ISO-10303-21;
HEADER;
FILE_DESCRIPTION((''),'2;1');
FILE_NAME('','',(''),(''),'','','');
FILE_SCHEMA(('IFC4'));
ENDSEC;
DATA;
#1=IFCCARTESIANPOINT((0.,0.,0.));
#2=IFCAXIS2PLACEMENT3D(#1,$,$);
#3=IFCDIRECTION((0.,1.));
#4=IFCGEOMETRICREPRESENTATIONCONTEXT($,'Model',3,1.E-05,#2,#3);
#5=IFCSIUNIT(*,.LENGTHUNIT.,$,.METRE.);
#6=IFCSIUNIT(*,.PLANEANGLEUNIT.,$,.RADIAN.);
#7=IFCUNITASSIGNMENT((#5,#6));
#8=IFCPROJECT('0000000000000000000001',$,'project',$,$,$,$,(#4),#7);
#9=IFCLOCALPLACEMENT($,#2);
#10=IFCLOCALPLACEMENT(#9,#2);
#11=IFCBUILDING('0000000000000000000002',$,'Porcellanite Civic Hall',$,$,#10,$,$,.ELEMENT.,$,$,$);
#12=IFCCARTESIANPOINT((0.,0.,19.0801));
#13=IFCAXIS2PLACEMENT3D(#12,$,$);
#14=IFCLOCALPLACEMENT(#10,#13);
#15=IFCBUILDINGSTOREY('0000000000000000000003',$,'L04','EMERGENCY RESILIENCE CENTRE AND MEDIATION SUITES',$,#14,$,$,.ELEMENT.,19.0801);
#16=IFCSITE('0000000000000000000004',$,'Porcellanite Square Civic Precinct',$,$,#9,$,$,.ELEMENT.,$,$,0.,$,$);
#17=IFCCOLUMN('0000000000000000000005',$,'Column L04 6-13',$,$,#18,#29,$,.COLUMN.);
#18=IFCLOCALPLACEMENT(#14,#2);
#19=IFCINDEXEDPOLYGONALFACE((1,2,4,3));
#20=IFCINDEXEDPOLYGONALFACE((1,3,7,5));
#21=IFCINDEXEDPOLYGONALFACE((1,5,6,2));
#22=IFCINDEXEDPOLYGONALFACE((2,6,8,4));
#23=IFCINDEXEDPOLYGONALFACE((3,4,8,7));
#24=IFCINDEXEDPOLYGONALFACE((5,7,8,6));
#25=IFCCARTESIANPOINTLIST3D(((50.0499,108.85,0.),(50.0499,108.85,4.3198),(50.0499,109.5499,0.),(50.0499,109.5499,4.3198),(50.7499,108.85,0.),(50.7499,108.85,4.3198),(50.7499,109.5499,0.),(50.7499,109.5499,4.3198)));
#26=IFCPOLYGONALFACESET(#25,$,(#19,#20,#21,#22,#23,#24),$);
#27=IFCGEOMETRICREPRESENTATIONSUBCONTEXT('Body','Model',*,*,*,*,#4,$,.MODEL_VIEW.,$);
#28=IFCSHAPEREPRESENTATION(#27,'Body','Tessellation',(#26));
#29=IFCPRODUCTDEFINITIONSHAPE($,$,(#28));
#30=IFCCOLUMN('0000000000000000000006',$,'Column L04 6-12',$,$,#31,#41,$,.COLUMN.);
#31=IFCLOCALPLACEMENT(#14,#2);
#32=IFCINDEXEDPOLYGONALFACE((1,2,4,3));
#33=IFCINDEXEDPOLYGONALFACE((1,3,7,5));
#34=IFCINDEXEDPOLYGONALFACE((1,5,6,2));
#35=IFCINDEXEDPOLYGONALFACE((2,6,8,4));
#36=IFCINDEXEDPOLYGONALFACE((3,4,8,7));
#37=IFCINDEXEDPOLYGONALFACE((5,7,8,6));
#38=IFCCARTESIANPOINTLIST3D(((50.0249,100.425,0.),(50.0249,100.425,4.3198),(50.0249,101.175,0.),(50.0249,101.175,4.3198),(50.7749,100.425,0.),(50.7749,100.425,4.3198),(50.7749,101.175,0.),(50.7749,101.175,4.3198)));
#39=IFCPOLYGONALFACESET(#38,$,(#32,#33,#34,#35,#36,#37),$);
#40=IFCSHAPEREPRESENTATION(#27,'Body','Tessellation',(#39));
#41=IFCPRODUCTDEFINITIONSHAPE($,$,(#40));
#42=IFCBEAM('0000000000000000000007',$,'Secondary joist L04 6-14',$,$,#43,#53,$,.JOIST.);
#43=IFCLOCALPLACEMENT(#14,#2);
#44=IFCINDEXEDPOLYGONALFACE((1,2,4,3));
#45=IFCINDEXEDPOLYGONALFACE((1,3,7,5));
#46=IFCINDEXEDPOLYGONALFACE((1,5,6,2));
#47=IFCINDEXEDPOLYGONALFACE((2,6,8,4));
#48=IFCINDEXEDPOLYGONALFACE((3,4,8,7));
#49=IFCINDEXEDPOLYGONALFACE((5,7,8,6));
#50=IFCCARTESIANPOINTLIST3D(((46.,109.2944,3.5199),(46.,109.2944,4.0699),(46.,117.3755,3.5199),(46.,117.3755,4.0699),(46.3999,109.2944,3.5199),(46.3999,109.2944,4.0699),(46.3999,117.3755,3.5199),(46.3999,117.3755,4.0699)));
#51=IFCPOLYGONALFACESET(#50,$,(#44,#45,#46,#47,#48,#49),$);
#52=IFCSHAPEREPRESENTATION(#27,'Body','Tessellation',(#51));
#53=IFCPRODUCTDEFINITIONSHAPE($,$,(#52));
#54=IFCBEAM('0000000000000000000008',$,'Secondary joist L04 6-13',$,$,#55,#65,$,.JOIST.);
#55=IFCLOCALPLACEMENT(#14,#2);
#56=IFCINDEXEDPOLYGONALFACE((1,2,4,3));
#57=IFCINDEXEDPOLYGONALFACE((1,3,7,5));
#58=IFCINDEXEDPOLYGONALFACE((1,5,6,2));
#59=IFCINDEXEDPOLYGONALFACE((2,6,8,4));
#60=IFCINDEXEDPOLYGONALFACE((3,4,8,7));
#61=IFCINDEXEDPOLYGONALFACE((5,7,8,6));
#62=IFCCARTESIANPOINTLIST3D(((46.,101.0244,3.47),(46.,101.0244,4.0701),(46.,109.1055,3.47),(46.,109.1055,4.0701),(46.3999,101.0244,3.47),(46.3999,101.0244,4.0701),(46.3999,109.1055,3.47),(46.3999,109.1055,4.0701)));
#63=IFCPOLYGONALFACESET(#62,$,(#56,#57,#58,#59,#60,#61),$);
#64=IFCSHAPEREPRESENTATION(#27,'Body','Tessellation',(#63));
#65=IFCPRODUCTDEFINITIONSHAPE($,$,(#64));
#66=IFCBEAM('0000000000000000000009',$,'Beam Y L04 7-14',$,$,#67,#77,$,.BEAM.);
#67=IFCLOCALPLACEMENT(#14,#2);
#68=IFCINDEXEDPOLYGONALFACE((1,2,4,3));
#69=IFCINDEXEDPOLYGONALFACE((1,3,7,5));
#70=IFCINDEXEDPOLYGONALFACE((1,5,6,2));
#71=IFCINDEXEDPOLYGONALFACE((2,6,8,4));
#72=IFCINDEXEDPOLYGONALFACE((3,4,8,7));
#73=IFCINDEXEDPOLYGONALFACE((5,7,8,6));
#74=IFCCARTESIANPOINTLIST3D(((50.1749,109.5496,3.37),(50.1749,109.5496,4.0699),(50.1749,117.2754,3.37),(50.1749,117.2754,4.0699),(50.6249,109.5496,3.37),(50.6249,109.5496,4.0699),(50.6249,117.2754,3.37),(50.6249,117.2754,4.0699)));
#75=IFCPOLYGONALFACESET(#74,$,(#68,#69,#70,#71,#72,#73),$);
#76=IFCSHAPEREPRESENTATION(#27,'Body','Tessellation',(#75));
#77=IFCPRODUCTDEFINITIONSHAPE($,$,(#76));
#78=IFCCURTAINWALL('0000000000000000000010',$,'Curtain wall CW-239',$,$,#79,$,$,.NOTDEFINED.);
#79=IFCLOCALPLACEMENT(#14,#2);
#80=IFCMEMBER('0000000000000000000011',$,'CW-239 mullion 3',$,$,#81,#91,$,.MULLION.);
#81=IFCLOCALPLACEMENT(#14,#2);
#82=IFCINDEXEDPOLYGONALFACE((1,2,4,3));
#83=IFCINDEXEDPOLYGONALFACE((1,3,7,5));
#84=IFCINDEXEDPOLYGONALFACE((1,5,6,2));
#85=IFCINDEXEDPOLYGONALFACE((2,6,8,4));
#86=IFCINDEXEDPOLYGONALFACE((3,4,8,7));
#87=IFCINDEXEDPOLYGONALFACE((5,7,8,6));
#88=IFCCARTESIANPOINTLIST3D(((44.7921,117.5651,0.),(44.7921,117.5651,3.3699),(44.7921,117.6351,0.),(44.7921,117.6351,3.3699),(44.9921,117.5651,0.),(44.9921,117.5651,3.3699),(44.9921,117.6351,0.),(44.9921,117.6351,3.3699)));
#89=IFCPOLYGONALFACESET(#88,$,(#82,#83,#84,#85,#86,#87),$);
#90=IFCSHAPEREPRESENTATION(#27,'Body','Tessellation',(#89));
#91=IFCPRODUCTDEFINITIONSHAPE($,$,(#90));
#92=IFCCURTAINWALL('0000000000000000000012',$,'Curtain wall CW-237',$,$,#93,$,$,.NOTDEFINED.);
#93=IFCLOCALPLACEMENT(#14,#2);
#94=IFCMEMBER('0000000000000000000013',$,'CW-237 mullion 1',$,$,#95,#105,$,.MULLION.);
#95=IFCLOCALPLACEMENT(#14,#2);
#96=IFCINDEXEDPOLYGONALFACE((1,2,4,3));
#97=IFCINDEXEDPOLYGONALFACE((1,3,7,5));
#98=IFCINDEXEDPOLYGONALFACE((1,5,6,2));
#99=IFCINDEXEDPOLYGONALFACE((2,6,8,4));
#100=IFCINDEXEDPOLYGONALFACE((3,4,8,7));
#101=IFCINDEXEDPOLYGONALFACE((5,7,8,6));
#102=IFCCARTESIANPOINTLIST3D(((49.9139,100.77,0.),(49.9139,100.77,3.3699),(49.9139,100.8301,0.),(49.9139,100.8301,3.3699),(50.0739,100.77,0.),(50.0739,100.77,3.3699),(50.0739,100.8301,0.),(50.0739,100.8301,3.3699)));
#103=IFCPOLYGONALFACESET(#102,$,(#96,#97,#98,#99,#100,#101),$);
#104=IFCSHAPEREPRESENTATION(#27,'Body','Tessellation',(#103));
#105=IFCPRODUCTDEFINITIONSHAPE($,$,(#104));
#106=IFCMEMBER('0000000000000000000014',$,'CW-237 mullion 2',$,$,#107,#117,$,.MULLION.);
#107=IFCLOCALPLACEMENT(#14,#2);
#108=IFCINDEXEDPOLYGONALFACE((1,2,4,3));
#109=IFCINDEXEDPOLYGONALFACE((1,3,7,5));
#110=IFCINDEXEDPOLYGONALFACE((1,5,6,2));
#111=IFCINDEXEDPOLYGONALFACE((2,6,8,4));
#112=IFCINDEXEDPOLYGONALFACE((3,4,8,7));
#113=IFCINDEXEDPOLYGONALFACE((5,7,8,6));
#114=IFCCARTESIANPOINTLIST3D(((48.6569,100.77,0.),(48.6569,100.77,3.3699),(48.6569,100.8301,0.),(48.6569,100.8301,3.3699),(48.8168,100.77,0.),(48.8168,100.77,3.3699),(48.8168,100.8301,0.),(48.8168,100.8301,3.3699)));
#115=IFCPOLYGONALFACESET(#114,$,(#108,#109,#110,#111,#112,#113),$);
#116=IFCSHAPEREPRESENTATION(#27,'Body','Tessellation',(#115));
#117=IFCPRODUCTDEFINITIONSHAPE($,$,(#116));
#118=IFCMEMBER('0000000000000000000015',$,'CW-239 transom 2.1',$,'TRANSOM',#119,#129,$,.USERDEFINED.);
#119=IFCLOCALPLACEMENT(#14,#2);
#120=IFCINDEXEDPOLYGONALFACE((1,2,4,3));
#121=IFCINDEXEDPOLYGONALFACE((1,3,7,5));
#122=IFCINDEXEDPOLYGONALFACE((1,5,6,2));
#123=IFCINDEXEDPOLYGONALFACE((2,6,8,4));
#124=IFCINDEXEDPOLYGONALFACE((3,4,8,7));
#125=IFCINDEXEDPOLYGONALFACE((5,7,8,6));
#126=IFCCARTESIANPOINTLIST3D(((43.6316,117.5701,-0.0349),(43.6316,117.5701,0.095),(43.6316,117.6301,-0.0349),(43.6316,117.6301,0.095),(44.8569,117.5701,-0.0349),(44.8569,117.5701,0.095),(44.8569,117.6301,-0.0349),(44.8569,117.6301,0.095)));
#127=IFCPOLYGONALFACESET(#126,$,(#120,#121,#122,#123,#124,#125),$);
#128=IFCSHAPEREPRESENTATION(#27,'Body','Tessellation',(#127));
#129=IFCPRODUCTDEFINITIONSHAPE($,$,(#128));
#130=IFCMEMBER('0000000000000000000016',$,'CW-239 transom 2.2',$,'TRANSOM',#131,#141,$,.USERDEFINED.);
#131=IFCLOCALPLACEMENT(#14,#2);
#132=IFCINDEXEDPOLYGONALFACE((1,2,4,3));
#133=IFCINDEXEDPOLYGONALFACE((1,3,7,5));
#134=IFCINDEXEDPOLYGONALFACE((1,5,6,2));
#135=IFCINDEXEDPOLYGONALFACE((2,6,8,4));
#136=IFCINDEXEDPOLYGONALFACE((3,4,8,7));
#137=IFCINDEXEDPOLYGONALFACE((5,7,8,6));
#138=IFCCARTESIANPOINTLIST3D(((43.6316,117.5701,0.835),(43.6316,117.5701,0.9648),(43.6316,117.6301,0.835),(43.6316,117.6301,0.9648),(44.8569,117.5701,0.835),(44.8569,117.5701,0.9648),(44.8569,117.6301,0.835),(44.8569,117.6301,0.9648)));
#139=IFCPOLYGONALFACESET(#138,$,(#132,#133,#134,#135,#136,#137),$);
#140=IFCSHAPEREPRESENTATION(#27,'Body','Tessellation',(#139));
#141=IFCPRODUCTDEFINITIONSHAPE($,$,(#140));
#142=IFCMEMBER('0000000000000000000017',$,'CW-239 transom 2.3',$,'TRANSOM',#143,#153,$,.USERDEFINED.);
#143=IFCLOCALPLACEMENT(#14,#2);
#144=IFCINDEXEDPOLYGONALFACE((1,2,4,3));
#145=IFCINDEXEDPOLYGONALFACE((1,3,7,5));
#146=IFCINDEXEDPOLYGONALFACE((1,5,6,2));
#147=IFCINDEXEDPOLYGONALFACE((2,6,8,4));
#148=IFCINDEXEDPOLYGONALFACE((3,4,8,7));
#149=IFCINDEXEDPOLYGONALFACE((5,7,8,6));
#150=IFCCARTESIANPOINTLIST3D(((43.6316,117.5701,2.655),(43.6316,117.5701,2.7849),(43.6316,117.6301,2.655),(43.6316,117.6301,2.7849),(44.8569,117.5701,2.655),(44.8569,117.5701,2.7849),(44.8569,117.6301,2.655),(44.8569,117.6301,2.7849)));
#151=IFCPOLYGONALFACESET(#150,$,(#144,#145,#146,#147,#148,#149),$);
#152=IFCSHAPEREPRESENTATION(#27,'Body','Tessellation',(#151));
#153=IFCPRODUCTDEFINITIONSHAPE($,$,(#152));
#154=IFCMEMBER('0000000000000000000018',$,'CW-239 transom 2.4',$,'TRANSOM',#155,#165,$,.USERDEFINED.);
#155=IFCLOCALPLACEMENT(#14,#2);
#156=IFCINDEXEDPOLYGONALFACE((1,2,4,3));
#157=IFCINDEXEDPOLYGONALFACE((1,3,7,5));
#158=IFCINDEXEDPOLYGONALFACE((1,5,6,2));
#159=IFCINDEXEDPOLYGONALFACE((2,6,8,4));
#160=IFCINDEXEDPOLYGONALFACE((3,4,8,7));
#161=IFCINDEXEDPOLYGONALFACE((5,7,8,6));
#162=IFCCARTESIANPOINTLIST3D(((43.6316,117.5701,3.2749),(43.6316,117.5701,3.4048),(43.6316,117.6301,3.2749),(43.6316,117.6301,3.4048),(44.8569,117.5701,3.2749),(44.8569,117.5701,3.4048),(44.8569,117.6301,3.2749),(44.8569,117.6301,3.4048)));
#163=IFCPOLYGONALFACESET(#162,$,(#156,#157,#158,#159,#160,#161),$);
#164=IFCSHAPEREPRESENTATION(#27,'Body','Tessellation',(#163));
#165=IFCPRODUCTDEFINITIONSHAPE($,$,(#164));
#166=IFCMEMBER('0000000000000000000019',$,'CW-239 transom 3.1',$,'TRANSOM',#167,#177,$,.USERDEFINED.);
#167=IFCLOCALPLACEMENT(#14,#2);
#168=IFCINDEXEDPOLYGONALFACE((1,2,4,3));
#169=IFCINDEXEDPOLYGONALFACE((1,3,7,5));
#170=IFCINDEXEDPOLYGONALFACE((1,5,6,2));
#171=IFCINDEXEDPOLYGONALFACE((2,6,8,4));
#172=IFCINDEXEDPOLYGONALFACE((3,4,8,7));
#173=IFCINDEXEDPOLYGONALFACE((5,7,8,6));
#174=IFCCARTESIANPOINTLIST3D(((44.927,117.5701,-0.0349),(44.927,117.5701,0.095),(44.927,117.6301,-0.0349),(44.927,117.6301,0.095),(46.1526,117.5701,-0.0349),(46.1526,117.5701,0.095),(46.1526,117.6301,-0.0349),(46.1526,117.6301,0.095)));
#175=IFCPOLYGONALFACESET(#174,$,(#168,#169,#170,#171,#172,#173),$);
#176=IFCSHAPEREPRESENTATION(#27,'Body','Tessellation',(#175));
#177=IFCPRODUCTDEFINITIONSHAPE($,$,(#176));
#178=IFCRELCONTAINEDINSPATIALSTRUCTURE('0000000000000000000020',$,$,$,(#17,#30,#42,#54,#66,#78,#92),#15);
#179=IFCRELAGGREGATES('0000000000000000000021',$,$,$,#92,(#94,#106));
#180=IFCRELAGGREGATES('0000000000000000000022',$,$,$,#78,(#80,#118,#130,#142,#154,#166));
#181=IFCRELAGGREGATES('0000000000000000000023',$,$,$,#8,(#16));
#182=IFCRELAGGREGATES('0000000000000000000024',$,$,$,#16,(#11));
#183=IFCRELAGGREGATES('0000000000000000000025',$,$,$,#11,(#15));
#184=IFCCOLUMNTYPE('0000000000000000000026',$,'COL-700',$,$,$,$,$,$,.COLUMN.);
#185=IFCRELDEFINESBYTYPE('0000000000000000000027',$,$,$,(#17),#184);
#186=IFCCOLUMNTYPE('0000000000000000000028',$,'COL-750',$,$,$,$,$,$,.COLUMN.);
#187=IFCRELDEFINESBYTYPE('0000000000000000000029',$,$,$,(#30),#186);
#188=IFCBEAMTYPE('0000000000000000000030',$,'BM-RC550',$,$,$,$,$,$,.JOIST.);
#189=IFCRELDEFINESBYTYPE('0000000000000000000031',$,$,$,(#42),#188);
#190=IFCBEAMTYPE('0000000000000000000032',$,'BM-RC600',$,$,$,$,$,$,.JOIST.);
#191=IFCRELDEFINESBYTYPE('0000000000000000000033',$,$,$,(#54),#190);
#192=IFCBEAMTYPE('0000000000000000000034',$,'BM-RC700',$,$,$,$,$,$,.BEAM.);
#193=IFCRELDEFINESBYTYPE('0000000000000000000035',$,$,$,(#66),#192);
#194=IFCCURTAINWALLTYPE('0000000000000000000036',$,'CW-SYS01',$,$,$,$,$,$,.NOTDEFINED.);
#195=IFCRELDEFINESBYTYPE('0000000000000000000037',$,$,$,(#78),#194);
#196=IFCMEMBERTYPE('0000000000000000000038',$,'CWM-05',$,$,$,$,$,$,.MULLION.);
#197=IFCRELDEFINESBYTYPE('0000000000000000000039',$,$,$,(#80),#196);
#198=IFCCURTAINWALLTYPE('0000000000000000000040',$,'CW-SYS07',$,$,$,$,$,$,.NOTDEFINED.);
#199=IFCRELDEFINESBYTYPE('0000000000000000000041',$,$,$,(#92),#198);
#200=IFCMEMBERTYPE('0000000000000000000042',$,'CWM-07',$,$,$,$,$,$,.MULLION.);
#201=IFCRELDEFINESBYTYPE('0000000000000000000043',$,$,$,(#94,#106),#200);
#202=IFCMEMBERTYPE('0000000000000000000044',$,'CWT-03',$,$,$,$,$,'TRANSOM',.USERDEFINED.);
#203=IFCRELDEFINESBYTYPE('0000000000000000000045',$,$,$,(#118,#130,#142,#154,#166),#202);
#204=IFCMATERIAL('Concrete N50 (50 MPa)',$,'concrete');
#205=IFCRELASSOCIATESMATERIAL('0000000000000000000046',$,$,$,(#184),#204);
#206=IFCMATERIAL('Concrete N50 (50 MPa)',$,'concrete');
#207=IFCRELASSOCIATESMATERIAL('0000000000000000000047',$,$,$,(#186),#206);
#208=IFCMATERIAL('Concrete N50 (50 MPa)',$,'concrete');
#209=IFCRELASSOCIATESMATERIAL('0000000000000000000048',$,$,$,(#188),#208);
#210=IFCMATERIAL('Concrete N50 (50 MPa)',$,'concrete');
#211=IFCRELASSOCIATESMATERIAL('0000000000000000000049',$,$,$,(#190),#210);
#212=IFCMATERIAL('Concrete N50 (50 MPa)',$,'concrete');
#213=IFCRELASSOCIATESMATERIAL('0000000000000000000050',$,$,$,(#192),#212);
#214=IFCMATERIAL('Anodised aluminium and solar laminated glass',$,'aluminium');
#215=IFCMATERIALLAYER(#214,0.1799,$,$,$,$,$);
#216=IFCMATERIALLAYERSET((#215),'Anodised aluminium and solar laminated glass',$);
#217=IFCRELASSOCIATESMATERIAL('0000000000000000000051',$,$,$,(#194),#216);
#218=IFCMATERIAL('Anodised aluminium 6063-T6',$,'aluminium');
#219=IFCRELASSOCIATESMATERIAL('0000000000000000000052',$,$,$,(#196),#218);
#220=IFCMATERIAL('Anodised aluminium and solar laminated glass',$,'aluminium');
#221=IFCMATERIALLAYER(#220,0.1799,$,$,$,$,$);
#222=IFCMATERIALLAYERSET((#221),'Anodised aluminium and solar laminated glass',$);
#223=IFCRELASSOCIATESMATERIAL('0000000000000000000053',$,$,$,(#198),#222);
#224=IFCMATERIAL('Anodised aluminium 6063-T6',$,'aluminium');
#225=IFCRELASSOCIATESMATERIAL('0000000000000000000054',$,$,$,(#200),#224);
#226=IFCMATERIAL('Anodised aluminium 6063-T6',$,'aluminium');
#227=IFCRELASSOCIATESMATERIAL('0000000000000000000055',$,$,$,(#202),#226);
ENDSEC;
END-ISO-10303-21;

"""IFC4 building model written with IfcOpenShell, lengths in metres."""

from ifc_helpers import new_model, si_unit, direction, frame, origin, origin_2d, place, context, subcontext, project, spatial, rectangle, extrude, material, layer, layer_set, material_profile, profile_set, type_object, element, aggregate, save


model = new_model("IFC4")

# Units and contexts
model_context = context("Model", 3, precision=1e-05, world=origin(), true_north=direction((0.0, 1.0)))
body_context = subcontext(model_context, "Body", "Model", "MODEL_VIEW")
ifc_project = project(units=[si_unit("LENGTHUNIT", "METRE"), si_unit("PLANEANGLEUNIT", "RADIAN")], contexts=[model_context])

# Site, building, storey
site_placement = place(None, origin())
site = spatial("IfcSite", under=ifc_project, at=site_placement, Name="Porcellanite Square Civic Precinct", CompositionType="ELEMENT", RefElevation=0.0)
building_placement = place(site_placement, origin())
building = spatial("IfcBuilding", under=site, at=building_placement, Name="Porcellanite Civic Hall", CompositionType="ELEMENT")
storey_placement = place(building_placement, frame((0.0, 0.0, 19.0801)))
storey = spatial("IfcBuildingStorey", under=building, at=storey_placement, Name="L04", Description="EMERGENCY RESILIENCE CENTRE AND MEDIATION SUITES", CompositionType="ELEMENT", Elevation=19.0801)

# Columns
ifc_material_1 = material(Name="Concrete N50 (50 MPa)", Category="concrete")
ifc_material_profile_1 = material_profile(ifc_material_1, rectangle(XDim=0.7, YDim=0.7, at=origin_2d()), Name="RC-700x700")
ifc_profile_set_1 = profile_set([ifc_material_profile_1], Name="Concrete N50 (50 MPa)")
column_type_1 = type_object("IfcColumnType", Name="COL-700", PredefinedType="COLUMN", material=ifc_profile_set_1)
column_1_placement = place(storey_placement, frame((50.3999, 109.2, 0.0), z_axis=(0.0, 0.0, 1.0), x_axis=(1.0, 0.0, 0.0)))
element("IfcColumn", 1, at=column_1_placement, inside=storey, type_object=column_type_1, Name="Column L04 6-13", PredefinedType="COLUMN", context=body_context, shape_type="SweptSolid", body=[
    extrude(rectangle(XDim=0.7, YDim=0.7, at=origin_2d()), origin(), (0.0, 0.0, 1.0), 4.3198),
])
ifc_material_2 = material(Name="Concrete N50 (50 MPa)", Category="concrete")
ifc_material_profile_2 = material_profile(ifc_material_2, rectangle(XDim=0.75, YDim=0.75, at=origin_2d()), Name="RC-750x750")
ifc_profile_set_2 = profile_set([ifc_material_profile_2], Name="Concrete N50 (50 MPa)")
column_type_2 = type_object("IfcColumnType", Name="COL-750", PredefinedType="COLUMN", material=ifc_profile_set_2)
column_2_placement = place(storey_placement, frame((50.3999, 100.8, 0.0), z_axis=(0.0, 0.0, 1.0), x_axis=(1.0, 0.0, 0.0)))
element("IfcColumn", 2, at=column_2_placement, inside=storey, type_object=column_type_2, Name="Column L04 6-12", PredefinedType="COLUMN", context=body_context, shape_type="SweptSolid", body=[
    extrude(rectangle(XDim=0.75, YDim=0.75, at=origin_2d()), origin(), (0.0, 0.0, 1.0), 4.3198),
])

# Beams
ifc_material_3 = material(Name="Concrete N50 (50 MPa)", Category="concrete")
ifc_material_profile_3 = material_profile(ifc_material_3, rectangle(XDim=0.3999, YDim=0.55, at=origin_2d()), Name="RC-400x550")
ifc_profile_set_3 = profile_set([ifc_material_profile_3], Name="Concrete N50 (50 MPa)")
beam_type_1 = type_object("IfcBeamType", Name="BM-RC550", PredefinedType="JOIST", material=ifc_profile_set_3)
beam_1_placement = place(storey_placement, frame((46.2, 109.2944, 3.7949), z_axis=(0.0, 1.0, 0.0), x_axis=(-1.0, 0.0, 0.0)))
element("IfcBeam", 3, at=beam_1_placement, inside=storey, type_object=beam_type_1, Name="Secondary joist L04 6-14", PredefinedType="JOIST", context=body_context, shape_type="SweptSolid", body=[
    extrude(rectangle(XDim=0.3999, YDim=0.55, at=origin_2d()), origin(), (0.0, 0.0, 1.0), 8.0811),
])
ifc_material_4 = material(Name="Concrete N50 (50 MPa)", Category="concrete")
ifc_material_profile_4 = material_profile(ifc_material_4, rectangle(XDim=0.3999, YDim=0.6001, at=origin_2d()), Name="RC-400x600")
ifc_profile_set_4 = profile_set([ifc_material_profile_4], Name="Concrete N50 (50 MPa)")
beam_type_2 = type_object("IfcBeamType", Name="BM-RC600", PredefinedType="JOIST", material=ifc_profile_set_4)
beam_2_placement = place(storey_placement, frame((46.2, 101.0244, 3.77), z_axis=(0.0, 1.0, 0.0), x_axis=(-1.0, 0.0, 0.0)))
element("IfcBeam", 4, at=beam_2_placement, inside=storey, type_object=beam_type_2, Name="Secondary joist L04 6-13", PredefinedType="JOIST", context=body_context, shape_type="SweptSolid", body=[
    extrude(rectangle(XDim=0.3999, YDim=0.6001, at=origin_2d()), origin(), (0.0, 0.0, 1.0), 8.0811),
])
ifc_material_5 = material(Name="Concrete N50 (50 MPa)", Category="concrete")
ifc_material_profile_5 = material_profile(ifc_material_5, rectangle(XDim=0.45, YDim=0.7, at=origin_2d()), Name="RC-450x700")
ifc_profile_set_5 = profile_set([ifc_material_profile_5], Name="Concrete N50 (50 MPa)")
beam_type_3 = type_object("IfcBeamType", Name="BM-RC700", PredefinedType="BEAM", material=ifc_profile_set_5)
beam_3_placement = place(storey_placement, frame((50.3999, 109.5496, 3.72), z_axis=(0.0, 1.0, 0.0), x_axis=(-1.0, 0.0, 0.0)))
element("IfcBeam", 5, at=beam_3_placement, inside=storey, type_object=beam_type_3, Name="Beam Y L04 7-14", PredefinedType="BEAM", context=body_context, shape_type="SweptSolid", body=[
    extrude(rectangle(XDim=0.45, YDim=0.7, at=origin_2d()), origin(), (0.0, 0.0, 1.0), 7.7258),
])

# Curtain wall, member
ifc_material_6 = material(Name="Anodised aluminium and solar laminated glass", Category="aluminium")
ifc_layer_1 = layer(ifc_material_6, 0.1799)
ifc_layer_set_1 = layer_set([ifc_layer_1], Name="Anodised aluminium and solar laminated glass")
curtain_wall_type_1 = type_object("IfcCurtainWallType", Name="CW-SYS01", PredefinedType="NOTDEFINED", material=ifc_layer_set_1)
curtain_wall_1_placement = place(storey_placement, origin())
curtain_wall_1 = element("IfcCurtainWall", 6, at=curtain_wall_1_placement, inside=storey, type_object=curtain_wall_type_1, Name="Curtain wall CW-239", PredefinedType="NOTDEFINED")
ifc_material_7 = material(Name="Anodised aluminium 6063-T6", Category="aluminium")
ifc_material_profile_6 = material_profile(ifc_material_7, rectangle(XDim=0.0701, YDim=0.2, at=origin_2d()), Name="AL-70x200")
ifc_profile_set_6 = profile_set([ifc_material_profile_6], Name="Anodised aluminium 6063-T6")
member_type_1 = type_object("IfcMemberType", Name="CWM-05", PredefinedType="MULLION", material=ifc_profile_set_6)
member_1_placement = place(storey_placement, frame((44.8921, 117.6001, 0.0), z_axis=(0.0, 0.0, 1.0), x_axis=(0.0, 1.0, 0.0)))
member_1 = element("IfcMember", 7, at=member_1_placement, type_object=member_type_1, Name="CW-239 mullion 3", PredefinedType="MULLION", context=body_context, shape_type="SweptSolid", body=[
    extrude(rectangle(XDim=0.0701, YDim=0.2, at=origin_2d()), origin(), (0.0, 0.0, 1.0), 3.3699),
])

# Curtain wall, members
ifc_material_8 = material(Name="Anodised aluminium and solar laminated glass", Category="aluminium")
ifc_layer_2 = layer(ifc_material_8, 0.1799)
ifc_layer_set_2 = layer_set([ifc_layer_2], Name="Anodised aluminium and solar laminated glass")
curtain_wall_type_2 = type_object("IfcCurtainWallType", Name="CW-SYS07", PredefinedType="NOTDEFINED", material=ifc_layer_set_2)
curtain_wall_2_placement = place(storey_placement, origin())
curtain_wall_2 = element("IfcCurtainWall", 8, at=curtain_wall_2_placement, inside=storey, type_object=curtain_wall_type_2, Name="Curtain wall CW-237", PredefinedType="NOTDEFINED")
ifc_material_9 = material(Name="Anodised aluminium 6063-T6", Category="aluminium")
ifc_material_profile_7 = material_profile(ifc_material_9, rectangle(XDim=0.0601, YDim=0.1599, at=origin_2d()), Name="AL-60x160")
ifc_profile_set_7 = profile_set([ifc_material_profile_7], Name="Anodised aluminium 6063-T6")
member_type_2 = type_object("IfcMemberType", Name="CWM-07", PredefinedType="MULLION", material=ifc_profile_set_7)
member_2_placement = place(storey_placement, frame((49.9939, 100.8, 0.0), z_axis=(0.0, 0.0, 1.0), x_axis=(0.0, -1.0, 0.0)))
member_2 = element("IfcMember", 9, at=member_2_placement, type_object=member_type_2, Name="CW-237 mullion 1", PredefinedType="MULLION", context=body_context, shape_type="SweptSolid", body=[
    extrude(rectangle(XDim=0.0601, YDim=0.1599, at=origin_2d()), origin(), (0.0, 0.0, 1.0), 3.3699),
])
member_3_placement = place(storey_placement, frame((48.7368, 100.8, 0.0), z_axis=(0.0, 0.0, 1.0), x_axis=(0.0, -1.0, 0.0)))
member_3 = element("IfcMember", 10, at=member_3_placement, type_object=member_type_2, Name="CW-237 mullion 2", PredefinedType="MULLION", context=body_context, shape_type="SweptSolid", body=[
    extrude(rectangle(XDim=0.0601, YDim=0.1599, at=origin_2d()), origin(), (0.0, 0.0, 1.0), 3.3699),
])

# Members
ifc_material_10 = material(Name="Anodised aluminium 6063-T6", Category="aluminium")
ifc_material_profile_8 = material_profile(ifc_material_10, rectangle(XDim=0.0601, YDim=0.1299, at=origin_2d()), Name="AL-60x130")
ifc_profile_set_8 = profile_set([ifc_material_profile_8], Name="Anodised aluminium 6063-T6")
member_type_3 = type_object("IfcMemberType", Name="CWT-03", ElementType="TRANSOM", PredefinedType="USERDEFINED", material=ifc_profile_set_8)
member_4_placement = place(storey_placement, frame((43.6316, 117.6001, 0.03), z_axis=(1.0, 0.0, 0.0), x_axis=(0.0, 1.0, 0.0)))
member_4 = element("IfcMember", 11, at=member_4_placement, type_object=member_type_3, Name="CW-239 transom 2.1", ObjectType="TRANSOM", PredefinedType="USERDEFINED", context=body_context, shape_type="SweptSolid", body=[
    extrude(rectangle(XDim=0.0601, YDim=0.1299, at=origin_2d()), origin(), (0.0, 0.0, 1.0), 1.2253),
])
member_5_placement = place(storey_placement, frame((43.6316, 117.6001, 0.8999), z_axis=(1.0, 0.0, 0.0), x_axis=(0.0, 1.0, 0.0)))
member_5 = element("IfcMember", 12, at=member_5_placement, type_object=member_type_3, Name="CW-239 transom 2.2", ObjectType="TRANSOM", PredefinedType="USERDEFINED", context=body_context, shape_type="SweptSolid", body=[
    extrude(rectangle(XDim=0.0601, YDim=0.1299, at=origin_2d()), origin(), (0.0, 0.0, 1.0), 1.2253),
])
member_6_placement = place(storey_placement, frame((43.6316, 117.6001, 2.72), z_axis=(1.0, 0.0, 0.0), x_axis=(0.0, 1.0, 0.0)))
member_6 = element("IfcMember", 13, at=member_6_placement, type_object=member_type_3, Name="CW-239 transom 2.3", ObjectType="TRANSOM", PredefinedType="USERDEFINED", context=body_context, shape_type="SweptSolid", body=[
    extrude(rectangle(XDim=0.0601, YDim=0.1299, at=origin_2d()), origin(), (0.0, 0.0, 1.0), 1.2253),
])
member_7_placement = place(storey_placement, frame((43.6316, 117.6001, 3.3398), z_axis=(1.0, 0.0, 0.0), x_axis=(0.0, 1.0, 0.0)))
member_7 = element("IfcMember", 14, at=member_7_placement, type_object=member_type_3, Name="CW-239 transom 2.4", ObjectType="TRANSOM", PredefinedType="USERDEFINED", context=body_context, shape_type="SweptSolid", body=[
    extrude(rectangle(XDim=0.0601, YDim=0.1299, at=origin_2d()), origin(), (0.0, 0.0, 1.0), 1.2253),
])
member_8_placement = place(storey_placement, frame((44.927, 117.6001, 0.03), z_axis=(1.0, 0.0, 0.0), x_axis=(0.0, 1.0, 0.0)))
member_8 = element("IfcMember", 15, at=member_8_placement, type_object=member_type_3, Name="CW-239 transom 3.1", ObjectType="TRANSOM", PredefinedType="USERDEFINED", context=body_context, shape_type="SweptSolid", body=[
    extrude(rectangle(XDim=0.0601, YDim=0.1299, at=origin_2d()), origin(), (0.0, 0.0, 1.0), 1.2256),
])

aggregate(curtain_wall_2, [member_2, member_3])
aggregate(curtain_wall_1, [member_1, member_4, member_5, member_6, member_7, member_8])

save(model, "model.ifc")
